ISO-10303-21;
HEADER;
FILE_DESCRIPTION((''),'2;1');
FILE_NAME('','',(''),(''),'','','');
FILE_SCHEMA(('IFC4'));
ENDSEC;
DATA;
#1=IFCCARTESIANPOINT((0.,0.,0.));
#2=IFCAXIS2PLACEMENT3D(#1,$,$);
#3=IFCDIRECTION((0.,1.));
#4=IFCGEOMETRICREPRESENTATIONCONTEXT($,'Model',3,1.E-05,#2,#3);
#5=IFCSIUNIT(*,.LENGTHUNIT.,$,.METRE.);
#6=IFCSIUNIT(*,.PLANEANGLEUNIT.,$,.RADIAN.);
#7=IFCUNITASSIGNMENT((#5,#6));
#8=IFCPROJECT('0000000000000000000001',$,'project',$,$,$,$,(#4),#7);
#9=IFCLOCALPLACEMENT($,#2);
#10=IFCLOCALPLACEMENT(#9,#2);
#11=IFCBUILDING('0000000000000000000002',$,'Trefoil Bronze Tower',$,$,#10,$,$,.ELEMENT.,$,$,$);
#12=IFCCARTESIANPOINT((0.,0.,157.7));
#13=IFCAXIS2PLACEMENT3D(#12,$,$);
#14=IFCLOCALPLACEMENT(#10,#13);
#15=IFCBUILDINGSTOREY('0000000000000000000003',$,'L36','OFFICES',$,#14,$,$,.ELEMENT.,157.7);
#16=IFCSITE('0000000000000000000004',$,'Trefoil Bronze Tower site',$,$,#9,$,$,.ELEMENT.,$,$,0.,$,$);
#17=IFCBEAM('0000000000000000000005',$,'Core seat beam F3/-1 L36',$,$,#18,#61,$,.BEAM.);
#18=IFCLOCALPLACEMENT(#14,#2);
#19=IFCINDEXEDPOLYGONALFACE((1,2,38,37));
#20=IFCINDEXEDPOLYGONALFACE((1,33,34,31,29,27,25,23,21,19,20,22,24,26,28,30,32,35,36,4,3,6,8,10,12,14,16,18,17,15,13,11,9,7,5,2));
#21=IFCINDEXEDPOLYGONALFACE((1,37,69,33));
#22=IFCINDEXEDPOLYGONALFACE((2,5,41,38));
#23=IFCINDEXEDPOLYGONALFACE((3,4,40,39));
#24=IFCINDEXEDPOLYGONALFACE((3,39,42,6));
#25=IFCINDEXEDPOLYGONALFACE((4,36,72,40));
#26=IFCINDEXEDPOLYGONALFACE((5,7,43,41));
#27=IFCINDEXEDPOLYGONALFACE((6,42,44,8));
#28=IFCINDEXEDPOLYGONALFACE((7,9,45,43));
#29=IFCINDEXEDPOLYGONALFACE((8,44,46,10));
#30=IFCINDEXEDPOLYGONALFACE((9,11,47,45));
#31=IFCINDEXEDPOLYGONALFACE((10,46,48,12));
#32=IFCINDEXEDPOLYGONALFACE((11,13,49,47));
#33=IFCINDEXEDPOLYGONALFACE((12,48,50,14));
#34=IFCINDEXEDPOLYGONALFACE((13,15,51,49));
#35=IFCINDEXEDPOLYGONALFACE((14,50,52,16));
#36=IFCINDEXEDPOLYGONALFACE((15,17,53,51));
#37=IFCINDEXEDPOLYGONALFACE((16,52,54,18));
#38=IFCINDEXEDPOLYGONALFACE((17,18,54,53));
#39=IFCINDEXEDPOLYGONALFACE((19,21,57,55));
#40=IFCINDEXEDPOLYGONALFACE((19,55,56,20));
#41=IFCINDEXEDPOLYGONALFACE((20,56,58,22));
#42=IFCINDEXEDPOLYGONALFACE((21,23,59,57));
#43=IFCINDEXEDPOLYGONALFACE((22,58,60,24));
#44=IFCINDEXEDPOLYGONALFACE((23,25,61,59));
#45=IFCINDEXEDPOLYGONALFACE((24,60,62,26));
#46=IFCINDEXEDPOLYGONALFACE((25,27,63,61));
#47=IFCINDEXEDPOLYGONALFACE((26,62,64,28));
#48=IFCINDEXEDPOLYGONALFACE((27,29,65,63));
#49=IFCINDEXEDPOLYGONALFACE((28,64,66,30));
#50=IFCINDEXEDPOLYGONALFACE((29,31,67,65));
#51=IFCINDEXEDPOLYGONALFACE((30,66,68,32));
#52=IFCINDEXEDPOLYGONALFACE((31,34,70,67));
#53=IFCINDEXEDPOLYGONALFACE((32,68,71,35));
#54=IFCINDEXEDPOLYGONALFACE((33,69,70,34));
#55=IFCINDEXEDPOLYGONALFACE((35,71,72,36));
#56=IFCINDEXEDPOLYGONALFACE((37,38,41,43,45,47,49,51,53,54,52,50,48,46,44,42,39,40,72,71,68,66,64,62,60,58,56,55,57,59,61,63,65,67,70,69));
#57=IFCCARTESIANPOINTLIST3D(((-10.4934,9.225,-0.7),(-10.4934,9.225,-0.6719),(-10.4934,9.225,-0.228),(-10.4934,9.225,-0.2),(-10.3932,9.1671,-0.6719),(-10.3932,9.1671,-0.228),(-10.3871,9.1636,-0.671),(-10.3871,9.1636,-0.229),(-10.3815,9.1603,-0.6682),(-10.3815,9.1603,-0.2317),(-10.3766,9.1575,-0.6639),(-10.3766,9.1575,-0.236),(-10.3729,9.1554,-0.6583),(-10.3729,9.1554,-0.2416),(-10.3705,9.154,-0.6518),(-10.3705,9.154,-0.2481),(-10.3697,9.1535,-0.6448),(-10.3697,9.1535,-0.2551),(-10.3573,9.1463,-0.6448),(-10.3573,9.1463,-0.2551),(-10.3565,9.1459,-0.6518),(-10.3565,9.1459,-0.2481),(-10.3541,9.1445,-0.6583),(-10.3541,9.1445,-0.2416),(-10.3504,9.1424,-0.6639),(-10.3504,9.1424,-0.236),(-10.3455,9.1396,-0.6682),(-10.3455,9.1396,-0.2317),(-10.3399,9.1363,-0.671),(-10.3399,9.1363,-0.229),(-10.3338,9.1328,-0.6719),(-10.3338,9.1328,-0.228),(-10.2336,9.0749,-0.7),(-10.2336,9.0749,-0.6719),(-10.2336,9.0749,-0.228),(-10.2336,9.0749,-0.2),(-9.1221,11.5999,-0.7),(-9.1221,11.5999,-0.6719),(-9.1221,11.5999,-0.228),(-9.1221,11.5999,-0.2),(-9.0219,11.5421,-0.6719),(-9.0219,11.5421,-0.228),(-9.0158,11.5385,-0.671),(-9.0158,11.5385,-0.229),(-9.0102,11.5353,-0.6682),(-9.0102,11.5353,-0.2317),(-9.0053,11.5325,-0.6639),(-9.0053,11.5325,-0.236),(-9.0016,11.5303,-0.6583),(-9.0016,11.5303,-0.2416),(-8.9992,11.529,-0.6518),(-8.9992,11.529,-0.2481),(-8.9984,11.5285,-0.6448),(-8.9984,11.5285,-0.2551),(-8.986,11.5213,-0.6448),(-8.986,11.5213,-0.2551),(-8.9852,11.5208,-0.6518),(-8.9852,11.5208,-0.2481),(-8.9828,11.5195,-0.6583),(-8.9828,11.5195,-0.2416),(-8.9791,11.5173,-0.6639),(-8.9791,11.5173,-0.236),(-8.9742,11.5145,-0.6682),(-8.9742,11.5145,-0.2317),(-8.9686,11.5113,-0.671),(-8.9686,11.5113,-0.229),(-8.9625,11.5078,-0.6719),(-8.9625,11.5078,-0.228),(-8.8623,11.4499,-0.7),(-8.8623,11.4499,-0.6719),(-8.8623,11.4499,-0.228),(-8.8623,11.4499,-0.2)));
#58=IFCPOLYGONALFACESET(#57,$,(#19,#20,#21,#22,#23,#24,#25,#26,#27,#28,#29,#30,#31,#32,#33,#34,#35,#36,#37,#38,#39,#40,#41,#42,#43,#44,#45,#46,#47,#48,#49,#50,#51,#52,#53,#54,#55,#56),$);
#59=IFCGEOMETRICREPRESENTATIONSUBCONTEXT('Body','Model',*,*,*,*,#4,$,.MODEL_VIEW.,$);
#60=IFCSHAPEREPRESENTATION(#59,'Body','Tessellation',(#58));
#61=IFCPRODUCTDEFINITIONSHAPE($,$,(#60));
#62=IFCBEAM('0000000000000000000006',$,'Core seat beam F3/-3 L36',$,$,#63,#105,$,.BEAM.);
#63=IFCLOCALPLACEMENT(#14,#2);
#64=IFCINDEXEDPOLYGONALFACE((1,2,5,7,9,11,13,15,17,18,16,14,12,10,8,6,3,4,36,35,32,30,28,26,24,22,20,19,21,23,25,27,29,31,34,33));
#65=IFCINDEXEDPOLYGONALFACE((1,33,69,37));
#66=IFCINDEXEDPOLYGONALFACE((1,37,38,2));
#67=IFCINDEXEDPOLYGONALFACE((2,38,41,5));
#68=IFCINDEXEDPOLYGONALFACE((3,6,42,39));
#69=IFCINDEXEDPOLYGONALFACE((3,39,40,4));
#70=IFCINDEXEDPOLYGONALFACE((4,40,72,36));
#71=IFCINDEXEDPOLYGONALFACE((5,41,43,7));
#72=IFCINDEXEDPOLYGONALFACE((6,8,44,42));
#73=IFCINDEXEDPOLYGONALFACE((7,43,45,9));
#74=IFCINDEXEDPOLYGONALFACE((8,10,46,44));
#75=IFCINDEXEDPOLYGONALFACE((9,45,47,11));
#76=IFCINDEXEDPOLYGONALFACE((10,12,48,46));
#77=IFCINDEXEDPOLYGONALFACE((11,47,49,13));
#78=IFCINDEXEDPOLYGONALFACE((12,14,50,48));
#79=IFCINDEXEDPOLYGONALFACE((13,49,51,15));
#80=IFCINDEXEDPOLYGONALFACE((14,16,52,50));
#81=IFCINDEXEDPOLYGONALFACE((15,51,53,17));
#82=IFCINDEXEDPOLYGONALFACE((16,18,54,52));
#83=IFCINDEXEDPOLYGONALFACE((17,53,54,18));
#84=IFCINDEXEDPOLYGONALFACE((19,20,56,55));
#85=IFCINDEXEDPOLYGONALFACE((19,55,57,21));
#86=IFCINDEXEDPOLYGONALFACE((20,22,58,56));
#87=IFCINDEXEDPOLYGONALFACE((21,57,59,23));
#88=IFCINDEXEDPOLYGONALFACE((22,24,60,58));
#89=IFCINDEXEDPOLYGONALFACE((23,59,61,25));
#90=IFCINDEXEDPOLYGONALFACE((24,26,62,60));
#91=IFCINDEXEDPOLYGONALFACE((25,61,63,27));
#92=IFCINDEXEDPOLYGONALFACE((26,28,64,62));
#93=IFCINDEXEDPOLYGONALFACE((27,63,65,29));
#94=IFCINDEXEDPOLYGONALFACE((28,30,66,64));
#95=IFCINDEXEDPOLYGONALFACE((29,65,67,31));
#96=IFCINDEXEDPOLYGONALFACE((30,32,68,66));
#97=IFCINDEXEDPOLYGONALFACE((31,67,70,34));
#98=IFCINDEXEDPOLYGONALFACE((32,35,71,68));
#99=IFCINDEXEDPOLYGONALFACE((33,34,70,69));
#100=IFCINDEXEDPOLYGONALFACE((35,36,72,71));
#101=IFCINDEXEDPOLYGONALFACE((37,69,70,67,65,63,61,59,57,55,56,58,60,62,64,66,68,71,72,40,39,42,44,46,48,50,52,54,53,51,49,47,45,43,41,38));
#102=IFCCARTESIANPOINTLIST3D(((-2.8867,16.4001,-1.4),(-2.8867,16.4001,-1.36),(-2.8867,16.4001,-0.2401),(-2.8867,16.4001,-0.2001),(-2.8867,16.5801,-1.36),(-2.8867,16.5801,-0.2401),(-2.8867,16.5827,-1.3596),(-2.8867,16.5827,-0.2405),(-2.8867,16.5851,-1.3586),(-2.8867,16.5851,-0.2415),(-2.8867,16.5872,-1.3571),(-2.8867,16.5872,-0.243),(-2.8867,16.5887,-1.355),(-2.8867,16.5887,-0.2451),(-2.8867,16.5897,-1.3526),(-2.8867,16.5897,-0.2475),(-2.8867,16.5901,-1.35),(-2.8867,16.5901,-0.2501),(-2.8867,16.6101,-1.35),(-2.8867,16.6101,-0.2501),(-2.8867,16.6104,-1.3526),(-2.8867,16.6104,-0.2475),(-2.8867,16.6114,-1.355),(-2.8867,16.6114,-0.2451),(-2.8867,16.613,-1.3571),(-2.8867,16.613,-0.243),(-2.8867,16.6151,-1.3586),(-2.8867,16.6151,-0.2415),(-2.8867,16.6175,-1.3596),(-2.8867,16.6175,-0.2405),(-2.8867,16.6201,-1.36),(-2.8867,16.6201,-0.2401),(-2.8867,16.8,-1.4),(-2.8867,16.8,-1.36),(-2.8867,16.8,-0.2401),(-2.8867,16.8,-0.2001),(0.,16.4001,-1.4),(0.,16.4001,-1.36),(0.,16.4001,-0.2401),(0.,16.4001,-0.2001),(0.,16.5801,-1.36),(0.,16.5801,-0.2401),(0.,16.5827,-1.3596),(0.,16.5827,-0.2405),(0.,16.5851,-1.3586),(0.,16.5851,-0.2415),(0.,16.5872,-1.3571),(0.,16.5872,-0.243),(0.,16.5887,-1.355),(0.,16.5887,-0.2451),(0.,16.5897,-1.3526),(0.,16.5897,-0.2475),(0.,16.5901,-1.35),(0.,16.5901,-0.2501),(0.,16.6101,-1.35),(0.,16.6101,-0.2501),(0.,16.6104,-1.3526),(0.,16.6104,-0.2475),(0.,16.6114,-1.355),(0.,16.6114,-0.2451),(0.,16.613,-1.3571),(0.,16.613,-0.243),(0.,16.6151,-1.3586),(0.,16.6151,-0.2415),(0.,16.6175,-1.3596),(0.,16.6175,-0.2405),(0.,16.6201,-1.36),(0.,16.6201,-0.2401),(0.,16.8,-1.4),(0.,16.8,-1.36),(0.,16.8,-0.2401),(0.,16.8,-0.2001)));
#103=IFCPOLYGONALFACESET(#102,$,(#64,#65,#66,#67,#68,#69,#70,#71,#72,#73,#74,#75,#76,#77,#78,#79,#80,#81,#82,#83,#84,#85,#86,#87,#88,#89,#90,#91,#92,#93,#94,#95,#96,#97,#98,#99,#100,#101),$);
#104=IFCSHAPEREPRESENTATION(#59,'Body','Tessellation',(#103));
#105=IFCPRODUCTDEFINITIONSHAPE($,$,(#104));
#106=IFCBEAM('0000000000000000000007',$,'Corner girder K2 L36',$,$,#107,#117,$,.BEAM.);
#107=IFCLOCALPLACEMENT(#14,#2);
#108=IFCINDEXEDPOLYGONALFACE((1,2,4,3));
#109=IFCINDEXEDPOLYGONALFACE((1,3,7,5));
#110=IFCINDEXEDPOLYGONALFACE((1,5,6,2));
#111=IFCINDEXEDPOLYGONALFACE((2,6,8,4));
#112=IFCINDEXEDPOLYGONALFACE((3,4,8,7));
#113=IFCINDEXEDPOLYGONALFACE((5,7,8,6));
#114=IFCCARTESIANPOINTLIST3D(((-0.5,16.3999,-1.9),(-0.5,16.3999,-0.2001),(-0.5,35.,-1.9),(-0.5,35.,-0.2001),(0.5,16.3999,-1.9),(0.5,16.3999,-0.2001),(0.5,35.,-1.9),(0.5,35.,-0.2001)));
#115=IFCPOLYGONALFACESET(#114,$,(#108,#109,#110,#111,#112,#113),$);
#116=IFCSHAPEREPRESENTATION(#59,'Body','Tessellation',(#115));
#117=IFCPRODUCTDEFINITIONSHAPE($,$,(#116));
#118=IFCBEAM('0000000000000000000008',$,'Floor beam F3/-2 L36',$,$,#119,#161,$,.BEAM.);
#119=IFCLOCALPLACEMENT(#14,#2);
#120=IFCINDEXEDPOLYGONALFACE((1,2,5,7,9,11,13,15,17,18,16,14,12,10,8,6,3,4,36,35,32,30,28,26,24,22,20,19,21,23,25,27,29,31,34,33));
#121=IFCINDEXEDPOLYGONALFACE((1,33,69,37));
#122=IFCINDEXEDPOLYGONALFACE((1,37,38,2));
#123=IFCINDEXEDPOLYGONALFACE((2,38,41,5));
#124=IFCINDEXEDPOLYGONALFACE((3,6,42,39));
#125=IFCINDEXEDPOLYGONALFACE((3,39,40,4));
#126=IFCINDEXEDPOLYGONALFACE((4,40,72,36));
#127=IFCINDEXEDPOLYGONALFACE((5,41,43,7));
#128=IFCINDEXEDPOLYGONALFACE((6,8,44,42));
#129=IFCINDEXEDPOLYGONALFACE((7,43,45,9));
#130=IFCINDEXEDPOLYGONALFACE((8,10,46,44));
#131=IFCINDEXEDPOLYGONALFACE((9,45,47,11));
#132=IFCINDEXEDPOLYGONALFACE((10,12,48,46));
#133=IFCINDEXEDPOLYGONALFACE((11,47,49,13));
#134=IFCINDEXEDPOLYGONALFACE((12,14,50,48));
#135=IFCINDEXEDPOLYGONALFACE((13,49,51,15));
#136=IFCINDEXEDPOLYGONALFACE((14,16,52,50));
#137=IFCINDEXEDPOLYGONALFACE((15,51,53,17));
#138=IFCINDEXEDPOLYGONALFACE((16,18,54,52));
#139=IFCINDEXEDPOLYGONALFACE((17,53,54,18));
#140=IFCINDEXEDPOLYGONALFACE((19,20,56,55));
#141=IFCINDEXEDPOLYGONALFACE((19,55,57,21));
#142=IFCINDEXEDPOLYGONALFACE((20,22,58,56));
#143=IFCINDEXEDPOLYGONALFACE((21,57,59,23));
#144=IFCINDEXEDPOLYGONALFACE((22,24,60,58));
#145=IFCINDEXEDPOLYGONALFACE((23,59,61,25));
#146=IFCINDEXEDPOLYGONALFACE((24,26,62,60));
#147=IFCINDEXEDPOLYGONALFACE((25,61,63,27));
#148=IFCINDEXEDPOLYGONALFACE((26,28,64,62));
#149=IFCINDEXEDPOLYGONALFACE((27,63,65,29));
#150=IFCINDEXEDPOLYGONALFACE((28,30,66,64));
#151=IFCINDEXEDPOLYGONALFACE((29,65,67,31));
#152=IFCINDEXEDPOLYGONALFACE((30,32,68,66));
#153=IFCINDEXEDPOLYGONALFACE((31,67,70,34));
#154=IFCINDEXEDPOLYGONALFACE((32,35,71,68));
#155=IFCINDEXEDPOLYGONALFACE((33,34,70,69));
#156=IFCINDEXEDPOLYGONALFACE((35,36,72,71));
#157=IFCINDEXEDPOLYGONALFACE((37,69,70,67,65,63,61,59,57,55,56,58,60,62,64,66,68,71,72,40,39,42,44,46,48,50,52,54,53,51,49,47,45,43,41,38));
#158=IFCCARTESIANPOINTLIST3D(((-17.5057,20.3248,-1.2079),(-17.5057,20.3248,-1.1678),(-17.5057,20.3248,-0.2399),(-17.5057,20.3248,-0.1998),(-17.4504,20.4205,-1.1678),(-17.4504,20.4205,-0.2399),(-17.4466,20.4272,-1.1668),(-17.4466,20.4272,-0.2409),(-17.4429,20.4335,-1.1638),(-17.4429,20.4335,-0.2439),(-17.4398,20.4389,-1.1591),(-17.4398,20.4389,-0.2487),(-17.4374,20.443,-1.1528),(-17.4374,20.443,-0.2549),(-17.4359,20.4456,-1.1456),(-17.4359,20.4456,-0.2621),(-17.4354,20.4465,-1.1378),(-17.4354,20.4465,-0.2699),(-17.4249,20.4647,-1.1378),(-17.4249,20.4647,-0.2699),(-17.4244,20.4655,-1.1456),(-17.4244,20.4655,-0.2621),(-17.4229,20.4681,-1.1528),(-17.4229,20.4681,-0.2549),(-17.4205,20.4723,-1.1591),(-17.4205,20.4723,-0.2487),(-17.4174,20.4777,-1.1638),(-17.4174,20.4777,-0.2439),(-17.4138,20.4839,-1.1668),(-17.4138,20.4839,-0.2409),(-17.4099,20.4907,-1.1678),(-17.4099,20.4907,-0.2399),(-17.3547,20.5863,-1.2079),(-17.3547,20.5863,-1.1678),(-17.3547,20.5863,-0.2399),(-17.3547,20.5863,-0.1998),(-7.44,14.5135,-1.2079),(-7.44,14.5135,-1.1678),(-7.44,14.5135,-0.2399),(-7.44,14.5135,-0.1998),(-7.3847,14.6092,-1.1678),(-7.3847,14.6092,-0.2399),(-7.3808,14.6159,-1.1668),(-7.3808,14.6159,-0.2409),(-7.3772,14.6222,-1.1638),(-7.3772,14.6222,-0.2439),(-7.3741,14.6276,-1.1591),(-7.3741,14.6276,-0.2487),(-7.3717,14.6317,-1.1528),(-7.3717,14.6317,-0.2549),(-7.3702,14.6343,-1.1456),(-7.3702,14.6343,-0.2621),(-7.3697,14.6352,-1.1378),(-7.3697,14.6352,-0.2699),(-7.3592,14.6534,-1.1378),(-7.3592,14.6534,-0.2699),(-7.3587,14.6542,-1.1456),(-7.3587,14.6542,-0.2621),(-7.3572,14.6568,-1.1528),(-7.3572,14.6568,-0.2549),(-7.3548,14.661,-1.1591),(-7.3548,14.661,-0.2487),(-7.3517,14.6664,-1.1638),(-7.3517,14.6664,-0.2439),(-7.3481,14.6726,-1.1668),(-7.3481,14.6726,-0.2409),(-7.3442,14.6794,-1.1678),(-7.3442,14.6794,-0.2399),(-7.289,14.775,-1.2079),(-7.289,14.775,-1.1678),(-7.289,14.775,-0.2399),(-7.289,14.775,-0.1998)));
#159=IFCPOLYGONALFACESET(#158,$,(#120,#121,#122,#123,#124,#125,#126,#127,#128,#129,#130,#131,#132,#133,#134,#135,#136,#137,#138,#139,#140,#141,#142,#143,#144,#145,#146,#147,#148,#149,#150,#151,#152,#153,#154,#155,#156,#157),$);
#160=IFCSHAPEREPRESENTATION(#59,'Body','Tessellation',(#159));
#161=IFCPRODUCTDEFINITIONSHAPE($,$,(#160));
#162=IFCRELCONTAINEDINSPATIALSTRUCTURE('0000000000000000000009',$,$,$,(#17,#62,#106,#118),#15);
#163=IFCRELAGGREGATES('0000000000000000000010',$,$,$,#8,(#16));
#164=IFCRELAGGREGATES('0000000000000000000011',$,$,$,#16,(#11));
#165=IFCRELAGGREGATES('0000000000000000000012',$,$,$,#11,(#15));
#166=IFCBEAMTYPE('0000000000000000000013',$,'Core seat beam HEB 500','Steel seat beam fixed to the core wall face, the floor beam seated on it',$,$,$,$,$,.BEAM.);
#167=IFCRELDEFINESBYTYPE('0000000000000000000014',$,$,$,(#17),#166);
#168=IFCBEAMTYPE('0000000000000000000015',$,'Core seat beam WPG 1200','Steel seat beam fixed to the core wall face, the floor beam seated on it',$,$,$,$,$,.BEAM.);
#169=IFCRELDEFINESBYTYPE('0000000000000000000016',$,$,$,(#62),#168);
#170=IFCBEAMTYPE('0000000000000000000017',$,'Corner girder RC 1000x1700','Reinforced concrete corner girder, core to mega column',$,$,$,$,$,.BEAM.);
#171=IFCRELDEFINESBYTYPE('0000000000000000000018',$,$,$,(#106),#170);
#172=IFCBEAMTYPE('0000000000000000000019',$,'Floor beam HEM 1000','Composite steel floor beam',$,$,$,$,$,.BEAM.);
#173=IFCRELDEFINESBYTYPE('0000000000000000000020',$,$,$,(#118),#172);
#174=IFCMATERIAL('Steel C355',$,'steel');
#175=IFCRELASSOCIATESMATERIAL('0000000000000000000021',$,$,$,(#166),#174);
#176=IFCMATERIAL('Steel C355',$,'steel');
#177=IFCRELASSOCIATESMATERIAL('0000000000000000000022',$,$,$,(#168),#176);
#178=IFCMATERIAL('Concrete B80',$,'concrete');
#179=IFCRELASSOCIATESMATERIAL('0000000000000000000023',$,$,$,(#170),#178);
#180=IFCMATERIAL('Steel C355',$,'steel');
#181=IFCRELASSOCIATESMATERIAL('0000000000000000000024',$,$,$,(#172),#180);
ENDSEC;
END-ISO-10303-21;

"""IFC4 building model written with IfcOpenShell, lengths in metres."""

from ifc_helpers import new_model, si_unit, direction, frame, origin, origin_2d, place, context, subcontext, project, spatial, rectangle, i_section, extrude, material, material_profile, profile_set, type_object, element, save


model = new_model("IFC4")

# Units and contexts
model_context = context("Model", 3, precision=1e-05, world=origin(), true_north=direction((0.0, 1.0)))
body_context = subcontext(model_context, "Body", "Model", "MODEL_VIEW")
ifc_project = project(units=[si_unit("LENGTHUNIT", "METRE"), si_unit("PLANEANGLEUNIT", "RADIAN")], contexts=[model_context])

# Site, building, storey
site_placement = place(None, origin())
site = spatial("IfcSite", under=ifc_project, at=site_placement, Name="Trefoil Bronze Tower site", CompositionType="ELEMENT", RefElevation=0.0)
building_placement = place(site_placement, origin())
building = spatial("IfcBuilding", under=site, at=building_placement, Name="Trefoil Bronze Tower", CompositionType="ELEMENT")
storey_placement = place(building_placement, frame((0.0, 0.0, 157.7)))
storey = spatial("IfcBuildingStorey", under=building, at=storey_placement, Name="L36", Description="OFFICES", CompositionType="ELEMENT", Elevation=157.7)

# Beams
ifc_material_1 = material(Name="Steel C355", Category="steel")
ifc_material_profile_1 = material_profile(ifc_material_1, i_section(OverallWidth=0.3, OverallDepth=0.5, WebThickness=0.0144, FlangeThickness=0.0281, FilletRadius=0.0271, at=origin_2d()), Name="HEB 500")
ifc_profile_set_1 = profile_set([ifc_material_profile_1], Name="Steel C355")
beam_type_1 = type_object("IfcBeamType", Name="Core seat beam HEB 500", Description="Steel seat beam fixed to the core wall face, the floor beam seated on it", PredefinedType="BEAM", material=ifc_profile_set_1)
for number, where, z_axis, x_axis, name in (
    (1, (-8.9922, 11.5249, -0.45), (-0.500036, -0.866005, 0.0), (0.866005, -0.500036, 0.0), "Core seat beam F3/-1 L36"),
):
    element("IfcBeam", number, at=place(storey_placement, frame(where, z_axis=z_axis, x_axis=x_axis)), inside=storey, type_object=beam_type_1, Name=name, PredefinedType="BEAM", context=body_context, shape_type="SweptSolid", body=[
        extrude(i_section(OverallWidth=0.3, OverallDepth=0.5, WebThickness=0.0144, FlangeThickness=0.0281, FilletRadius=0.0271, at=origin_2d()), origin(), (0.0, 0.0, 1.0), 2.7424),
    ])
ifc_material_2 = material(Name="Steel C355", Category="steel")
ifc_material_profile_2 = material_profile(ifc_material_2, i_section(OverallWidth=0.3999, OverallDepth=1.2, WebThickness=0.02, FlangeThickness=0.04, FilletRadius=0.01, at=origin_2d()), Name="WPG 1200")
ifc_profile_set_2 = profile_set([ifc_material_profile_2], Name="Steel C355")
beam_type_2 = type_object("IfcBeamType", Name="Core seat beam WPG 1200", Description="Steel seat beam fixed to the core wall face, the floor beam seated on it", PredefinedType="BEAM", material=ifc_profile_set_2)
beam_1_placement = place(storey_placement, frame((0.0, 16.6001, -0.8), z_axis=(-1.0, 0.0, 0.0), x_axis=(0.0, -1.0, 0.0)))
element("IfcBeam", 2, at=beam_1_placement, inside=storey, type_object=beam_type_2, Name="Core seat beam F3/-3 L36", PredefinedType="BEAM", context=body_context, shape_type="SweptSolid", body=[
    extrude(i_section(OverallWidth=0.3999, OverallDepth=1.2, WebThickness=0.02, FlangeThickness=0.04, FilletRadius=0.01, at=origin_2d()), origin(), (0.0, 0.0, 1.0), 2.8867),
])
ifc_material_3 = material(Name="Concrete B80", Category="concrete")
ifc_material_profile_3 = material_profile(ifc_material_3, rectangle(XDim=1.0, YDim=1.7, at=origin_2d()), Name="RC 1000x1700")
ifc_profile_set_3 = profile_set([ifc_material_profile_3], Name="Concrete B80")
beam_type_3 = type_object("IfcBeamType", Name="Corner girder RC 1000x1700", Description="Reinforced concrete corner girder, core to mega column", PredefinedType="BEAM", material=ifc_profile_set_3)
beam_2_placement = place(storey_placement, frame((0.0, 16.3999, -1.05), z_axis=(0.0, 1.0, 0.0), x_axis=(-1.0, 0.0, 0.0)))
element("IfcBeam", 3, at=beam_2_placement, inside=storey, type_object=beam_type_3, Name="Corner girder K2 L36", PredefinedType="BEAM", context=body_context, shape_type="SweptSolid", body=[
    extrude(rectangle(XDim=1.0, YDim=1.7, at=origin_2d()), origin(), (0.0, 0.0, 1.0), 18.6001),
])
ifc_material_4 = material(Name="Steel C355", Category="steel")
ifc_material_profile_4 = material_profile(ifc_material_4, i_section(OverallWidth=0.302, OverallDepth=1.0081, WebThickness=0.021, FlangeThickness=0.04, FilletRadius=0.03, at=origin_2d()), Name="HEM 1000")
ifc_profile_set_4 = profile_set([ifc_material_profile_4], Name="Steel C355")
beam_type_4 = type_object("IfcBeamType", Name="Floor beam HEM 1000", Description="Composite steel floor beam", PredefinedType="BEAM", material=ifc_profile_set_4)
beam_3_placement = place(storey_placement, frame((-17.4302, 20.4556, -0.7039), z_axis=(0.866031, -0.499991, 0.0), x_axis=(0.499991, 0.866031, 0.0)))
element("IfcBeam", 4, at=beam_3_placement, inside=storey, type_object=beam_type_4, Name="Floor beam F3/-2 L36", PredefinedType="BEAM", context=body_context, shape_type="SweptSolid", body=[
    extrude(i_section(OverallWidth=0.302, OverallDepth=1.0081, WebThickness=0.021, FlangeThickness=0.04, FilletRadius=0.03, at=origin_2d()), origin(), (0.0, 0.0, 1.0), 11.6228),
])

save(model, "model.ifc")
